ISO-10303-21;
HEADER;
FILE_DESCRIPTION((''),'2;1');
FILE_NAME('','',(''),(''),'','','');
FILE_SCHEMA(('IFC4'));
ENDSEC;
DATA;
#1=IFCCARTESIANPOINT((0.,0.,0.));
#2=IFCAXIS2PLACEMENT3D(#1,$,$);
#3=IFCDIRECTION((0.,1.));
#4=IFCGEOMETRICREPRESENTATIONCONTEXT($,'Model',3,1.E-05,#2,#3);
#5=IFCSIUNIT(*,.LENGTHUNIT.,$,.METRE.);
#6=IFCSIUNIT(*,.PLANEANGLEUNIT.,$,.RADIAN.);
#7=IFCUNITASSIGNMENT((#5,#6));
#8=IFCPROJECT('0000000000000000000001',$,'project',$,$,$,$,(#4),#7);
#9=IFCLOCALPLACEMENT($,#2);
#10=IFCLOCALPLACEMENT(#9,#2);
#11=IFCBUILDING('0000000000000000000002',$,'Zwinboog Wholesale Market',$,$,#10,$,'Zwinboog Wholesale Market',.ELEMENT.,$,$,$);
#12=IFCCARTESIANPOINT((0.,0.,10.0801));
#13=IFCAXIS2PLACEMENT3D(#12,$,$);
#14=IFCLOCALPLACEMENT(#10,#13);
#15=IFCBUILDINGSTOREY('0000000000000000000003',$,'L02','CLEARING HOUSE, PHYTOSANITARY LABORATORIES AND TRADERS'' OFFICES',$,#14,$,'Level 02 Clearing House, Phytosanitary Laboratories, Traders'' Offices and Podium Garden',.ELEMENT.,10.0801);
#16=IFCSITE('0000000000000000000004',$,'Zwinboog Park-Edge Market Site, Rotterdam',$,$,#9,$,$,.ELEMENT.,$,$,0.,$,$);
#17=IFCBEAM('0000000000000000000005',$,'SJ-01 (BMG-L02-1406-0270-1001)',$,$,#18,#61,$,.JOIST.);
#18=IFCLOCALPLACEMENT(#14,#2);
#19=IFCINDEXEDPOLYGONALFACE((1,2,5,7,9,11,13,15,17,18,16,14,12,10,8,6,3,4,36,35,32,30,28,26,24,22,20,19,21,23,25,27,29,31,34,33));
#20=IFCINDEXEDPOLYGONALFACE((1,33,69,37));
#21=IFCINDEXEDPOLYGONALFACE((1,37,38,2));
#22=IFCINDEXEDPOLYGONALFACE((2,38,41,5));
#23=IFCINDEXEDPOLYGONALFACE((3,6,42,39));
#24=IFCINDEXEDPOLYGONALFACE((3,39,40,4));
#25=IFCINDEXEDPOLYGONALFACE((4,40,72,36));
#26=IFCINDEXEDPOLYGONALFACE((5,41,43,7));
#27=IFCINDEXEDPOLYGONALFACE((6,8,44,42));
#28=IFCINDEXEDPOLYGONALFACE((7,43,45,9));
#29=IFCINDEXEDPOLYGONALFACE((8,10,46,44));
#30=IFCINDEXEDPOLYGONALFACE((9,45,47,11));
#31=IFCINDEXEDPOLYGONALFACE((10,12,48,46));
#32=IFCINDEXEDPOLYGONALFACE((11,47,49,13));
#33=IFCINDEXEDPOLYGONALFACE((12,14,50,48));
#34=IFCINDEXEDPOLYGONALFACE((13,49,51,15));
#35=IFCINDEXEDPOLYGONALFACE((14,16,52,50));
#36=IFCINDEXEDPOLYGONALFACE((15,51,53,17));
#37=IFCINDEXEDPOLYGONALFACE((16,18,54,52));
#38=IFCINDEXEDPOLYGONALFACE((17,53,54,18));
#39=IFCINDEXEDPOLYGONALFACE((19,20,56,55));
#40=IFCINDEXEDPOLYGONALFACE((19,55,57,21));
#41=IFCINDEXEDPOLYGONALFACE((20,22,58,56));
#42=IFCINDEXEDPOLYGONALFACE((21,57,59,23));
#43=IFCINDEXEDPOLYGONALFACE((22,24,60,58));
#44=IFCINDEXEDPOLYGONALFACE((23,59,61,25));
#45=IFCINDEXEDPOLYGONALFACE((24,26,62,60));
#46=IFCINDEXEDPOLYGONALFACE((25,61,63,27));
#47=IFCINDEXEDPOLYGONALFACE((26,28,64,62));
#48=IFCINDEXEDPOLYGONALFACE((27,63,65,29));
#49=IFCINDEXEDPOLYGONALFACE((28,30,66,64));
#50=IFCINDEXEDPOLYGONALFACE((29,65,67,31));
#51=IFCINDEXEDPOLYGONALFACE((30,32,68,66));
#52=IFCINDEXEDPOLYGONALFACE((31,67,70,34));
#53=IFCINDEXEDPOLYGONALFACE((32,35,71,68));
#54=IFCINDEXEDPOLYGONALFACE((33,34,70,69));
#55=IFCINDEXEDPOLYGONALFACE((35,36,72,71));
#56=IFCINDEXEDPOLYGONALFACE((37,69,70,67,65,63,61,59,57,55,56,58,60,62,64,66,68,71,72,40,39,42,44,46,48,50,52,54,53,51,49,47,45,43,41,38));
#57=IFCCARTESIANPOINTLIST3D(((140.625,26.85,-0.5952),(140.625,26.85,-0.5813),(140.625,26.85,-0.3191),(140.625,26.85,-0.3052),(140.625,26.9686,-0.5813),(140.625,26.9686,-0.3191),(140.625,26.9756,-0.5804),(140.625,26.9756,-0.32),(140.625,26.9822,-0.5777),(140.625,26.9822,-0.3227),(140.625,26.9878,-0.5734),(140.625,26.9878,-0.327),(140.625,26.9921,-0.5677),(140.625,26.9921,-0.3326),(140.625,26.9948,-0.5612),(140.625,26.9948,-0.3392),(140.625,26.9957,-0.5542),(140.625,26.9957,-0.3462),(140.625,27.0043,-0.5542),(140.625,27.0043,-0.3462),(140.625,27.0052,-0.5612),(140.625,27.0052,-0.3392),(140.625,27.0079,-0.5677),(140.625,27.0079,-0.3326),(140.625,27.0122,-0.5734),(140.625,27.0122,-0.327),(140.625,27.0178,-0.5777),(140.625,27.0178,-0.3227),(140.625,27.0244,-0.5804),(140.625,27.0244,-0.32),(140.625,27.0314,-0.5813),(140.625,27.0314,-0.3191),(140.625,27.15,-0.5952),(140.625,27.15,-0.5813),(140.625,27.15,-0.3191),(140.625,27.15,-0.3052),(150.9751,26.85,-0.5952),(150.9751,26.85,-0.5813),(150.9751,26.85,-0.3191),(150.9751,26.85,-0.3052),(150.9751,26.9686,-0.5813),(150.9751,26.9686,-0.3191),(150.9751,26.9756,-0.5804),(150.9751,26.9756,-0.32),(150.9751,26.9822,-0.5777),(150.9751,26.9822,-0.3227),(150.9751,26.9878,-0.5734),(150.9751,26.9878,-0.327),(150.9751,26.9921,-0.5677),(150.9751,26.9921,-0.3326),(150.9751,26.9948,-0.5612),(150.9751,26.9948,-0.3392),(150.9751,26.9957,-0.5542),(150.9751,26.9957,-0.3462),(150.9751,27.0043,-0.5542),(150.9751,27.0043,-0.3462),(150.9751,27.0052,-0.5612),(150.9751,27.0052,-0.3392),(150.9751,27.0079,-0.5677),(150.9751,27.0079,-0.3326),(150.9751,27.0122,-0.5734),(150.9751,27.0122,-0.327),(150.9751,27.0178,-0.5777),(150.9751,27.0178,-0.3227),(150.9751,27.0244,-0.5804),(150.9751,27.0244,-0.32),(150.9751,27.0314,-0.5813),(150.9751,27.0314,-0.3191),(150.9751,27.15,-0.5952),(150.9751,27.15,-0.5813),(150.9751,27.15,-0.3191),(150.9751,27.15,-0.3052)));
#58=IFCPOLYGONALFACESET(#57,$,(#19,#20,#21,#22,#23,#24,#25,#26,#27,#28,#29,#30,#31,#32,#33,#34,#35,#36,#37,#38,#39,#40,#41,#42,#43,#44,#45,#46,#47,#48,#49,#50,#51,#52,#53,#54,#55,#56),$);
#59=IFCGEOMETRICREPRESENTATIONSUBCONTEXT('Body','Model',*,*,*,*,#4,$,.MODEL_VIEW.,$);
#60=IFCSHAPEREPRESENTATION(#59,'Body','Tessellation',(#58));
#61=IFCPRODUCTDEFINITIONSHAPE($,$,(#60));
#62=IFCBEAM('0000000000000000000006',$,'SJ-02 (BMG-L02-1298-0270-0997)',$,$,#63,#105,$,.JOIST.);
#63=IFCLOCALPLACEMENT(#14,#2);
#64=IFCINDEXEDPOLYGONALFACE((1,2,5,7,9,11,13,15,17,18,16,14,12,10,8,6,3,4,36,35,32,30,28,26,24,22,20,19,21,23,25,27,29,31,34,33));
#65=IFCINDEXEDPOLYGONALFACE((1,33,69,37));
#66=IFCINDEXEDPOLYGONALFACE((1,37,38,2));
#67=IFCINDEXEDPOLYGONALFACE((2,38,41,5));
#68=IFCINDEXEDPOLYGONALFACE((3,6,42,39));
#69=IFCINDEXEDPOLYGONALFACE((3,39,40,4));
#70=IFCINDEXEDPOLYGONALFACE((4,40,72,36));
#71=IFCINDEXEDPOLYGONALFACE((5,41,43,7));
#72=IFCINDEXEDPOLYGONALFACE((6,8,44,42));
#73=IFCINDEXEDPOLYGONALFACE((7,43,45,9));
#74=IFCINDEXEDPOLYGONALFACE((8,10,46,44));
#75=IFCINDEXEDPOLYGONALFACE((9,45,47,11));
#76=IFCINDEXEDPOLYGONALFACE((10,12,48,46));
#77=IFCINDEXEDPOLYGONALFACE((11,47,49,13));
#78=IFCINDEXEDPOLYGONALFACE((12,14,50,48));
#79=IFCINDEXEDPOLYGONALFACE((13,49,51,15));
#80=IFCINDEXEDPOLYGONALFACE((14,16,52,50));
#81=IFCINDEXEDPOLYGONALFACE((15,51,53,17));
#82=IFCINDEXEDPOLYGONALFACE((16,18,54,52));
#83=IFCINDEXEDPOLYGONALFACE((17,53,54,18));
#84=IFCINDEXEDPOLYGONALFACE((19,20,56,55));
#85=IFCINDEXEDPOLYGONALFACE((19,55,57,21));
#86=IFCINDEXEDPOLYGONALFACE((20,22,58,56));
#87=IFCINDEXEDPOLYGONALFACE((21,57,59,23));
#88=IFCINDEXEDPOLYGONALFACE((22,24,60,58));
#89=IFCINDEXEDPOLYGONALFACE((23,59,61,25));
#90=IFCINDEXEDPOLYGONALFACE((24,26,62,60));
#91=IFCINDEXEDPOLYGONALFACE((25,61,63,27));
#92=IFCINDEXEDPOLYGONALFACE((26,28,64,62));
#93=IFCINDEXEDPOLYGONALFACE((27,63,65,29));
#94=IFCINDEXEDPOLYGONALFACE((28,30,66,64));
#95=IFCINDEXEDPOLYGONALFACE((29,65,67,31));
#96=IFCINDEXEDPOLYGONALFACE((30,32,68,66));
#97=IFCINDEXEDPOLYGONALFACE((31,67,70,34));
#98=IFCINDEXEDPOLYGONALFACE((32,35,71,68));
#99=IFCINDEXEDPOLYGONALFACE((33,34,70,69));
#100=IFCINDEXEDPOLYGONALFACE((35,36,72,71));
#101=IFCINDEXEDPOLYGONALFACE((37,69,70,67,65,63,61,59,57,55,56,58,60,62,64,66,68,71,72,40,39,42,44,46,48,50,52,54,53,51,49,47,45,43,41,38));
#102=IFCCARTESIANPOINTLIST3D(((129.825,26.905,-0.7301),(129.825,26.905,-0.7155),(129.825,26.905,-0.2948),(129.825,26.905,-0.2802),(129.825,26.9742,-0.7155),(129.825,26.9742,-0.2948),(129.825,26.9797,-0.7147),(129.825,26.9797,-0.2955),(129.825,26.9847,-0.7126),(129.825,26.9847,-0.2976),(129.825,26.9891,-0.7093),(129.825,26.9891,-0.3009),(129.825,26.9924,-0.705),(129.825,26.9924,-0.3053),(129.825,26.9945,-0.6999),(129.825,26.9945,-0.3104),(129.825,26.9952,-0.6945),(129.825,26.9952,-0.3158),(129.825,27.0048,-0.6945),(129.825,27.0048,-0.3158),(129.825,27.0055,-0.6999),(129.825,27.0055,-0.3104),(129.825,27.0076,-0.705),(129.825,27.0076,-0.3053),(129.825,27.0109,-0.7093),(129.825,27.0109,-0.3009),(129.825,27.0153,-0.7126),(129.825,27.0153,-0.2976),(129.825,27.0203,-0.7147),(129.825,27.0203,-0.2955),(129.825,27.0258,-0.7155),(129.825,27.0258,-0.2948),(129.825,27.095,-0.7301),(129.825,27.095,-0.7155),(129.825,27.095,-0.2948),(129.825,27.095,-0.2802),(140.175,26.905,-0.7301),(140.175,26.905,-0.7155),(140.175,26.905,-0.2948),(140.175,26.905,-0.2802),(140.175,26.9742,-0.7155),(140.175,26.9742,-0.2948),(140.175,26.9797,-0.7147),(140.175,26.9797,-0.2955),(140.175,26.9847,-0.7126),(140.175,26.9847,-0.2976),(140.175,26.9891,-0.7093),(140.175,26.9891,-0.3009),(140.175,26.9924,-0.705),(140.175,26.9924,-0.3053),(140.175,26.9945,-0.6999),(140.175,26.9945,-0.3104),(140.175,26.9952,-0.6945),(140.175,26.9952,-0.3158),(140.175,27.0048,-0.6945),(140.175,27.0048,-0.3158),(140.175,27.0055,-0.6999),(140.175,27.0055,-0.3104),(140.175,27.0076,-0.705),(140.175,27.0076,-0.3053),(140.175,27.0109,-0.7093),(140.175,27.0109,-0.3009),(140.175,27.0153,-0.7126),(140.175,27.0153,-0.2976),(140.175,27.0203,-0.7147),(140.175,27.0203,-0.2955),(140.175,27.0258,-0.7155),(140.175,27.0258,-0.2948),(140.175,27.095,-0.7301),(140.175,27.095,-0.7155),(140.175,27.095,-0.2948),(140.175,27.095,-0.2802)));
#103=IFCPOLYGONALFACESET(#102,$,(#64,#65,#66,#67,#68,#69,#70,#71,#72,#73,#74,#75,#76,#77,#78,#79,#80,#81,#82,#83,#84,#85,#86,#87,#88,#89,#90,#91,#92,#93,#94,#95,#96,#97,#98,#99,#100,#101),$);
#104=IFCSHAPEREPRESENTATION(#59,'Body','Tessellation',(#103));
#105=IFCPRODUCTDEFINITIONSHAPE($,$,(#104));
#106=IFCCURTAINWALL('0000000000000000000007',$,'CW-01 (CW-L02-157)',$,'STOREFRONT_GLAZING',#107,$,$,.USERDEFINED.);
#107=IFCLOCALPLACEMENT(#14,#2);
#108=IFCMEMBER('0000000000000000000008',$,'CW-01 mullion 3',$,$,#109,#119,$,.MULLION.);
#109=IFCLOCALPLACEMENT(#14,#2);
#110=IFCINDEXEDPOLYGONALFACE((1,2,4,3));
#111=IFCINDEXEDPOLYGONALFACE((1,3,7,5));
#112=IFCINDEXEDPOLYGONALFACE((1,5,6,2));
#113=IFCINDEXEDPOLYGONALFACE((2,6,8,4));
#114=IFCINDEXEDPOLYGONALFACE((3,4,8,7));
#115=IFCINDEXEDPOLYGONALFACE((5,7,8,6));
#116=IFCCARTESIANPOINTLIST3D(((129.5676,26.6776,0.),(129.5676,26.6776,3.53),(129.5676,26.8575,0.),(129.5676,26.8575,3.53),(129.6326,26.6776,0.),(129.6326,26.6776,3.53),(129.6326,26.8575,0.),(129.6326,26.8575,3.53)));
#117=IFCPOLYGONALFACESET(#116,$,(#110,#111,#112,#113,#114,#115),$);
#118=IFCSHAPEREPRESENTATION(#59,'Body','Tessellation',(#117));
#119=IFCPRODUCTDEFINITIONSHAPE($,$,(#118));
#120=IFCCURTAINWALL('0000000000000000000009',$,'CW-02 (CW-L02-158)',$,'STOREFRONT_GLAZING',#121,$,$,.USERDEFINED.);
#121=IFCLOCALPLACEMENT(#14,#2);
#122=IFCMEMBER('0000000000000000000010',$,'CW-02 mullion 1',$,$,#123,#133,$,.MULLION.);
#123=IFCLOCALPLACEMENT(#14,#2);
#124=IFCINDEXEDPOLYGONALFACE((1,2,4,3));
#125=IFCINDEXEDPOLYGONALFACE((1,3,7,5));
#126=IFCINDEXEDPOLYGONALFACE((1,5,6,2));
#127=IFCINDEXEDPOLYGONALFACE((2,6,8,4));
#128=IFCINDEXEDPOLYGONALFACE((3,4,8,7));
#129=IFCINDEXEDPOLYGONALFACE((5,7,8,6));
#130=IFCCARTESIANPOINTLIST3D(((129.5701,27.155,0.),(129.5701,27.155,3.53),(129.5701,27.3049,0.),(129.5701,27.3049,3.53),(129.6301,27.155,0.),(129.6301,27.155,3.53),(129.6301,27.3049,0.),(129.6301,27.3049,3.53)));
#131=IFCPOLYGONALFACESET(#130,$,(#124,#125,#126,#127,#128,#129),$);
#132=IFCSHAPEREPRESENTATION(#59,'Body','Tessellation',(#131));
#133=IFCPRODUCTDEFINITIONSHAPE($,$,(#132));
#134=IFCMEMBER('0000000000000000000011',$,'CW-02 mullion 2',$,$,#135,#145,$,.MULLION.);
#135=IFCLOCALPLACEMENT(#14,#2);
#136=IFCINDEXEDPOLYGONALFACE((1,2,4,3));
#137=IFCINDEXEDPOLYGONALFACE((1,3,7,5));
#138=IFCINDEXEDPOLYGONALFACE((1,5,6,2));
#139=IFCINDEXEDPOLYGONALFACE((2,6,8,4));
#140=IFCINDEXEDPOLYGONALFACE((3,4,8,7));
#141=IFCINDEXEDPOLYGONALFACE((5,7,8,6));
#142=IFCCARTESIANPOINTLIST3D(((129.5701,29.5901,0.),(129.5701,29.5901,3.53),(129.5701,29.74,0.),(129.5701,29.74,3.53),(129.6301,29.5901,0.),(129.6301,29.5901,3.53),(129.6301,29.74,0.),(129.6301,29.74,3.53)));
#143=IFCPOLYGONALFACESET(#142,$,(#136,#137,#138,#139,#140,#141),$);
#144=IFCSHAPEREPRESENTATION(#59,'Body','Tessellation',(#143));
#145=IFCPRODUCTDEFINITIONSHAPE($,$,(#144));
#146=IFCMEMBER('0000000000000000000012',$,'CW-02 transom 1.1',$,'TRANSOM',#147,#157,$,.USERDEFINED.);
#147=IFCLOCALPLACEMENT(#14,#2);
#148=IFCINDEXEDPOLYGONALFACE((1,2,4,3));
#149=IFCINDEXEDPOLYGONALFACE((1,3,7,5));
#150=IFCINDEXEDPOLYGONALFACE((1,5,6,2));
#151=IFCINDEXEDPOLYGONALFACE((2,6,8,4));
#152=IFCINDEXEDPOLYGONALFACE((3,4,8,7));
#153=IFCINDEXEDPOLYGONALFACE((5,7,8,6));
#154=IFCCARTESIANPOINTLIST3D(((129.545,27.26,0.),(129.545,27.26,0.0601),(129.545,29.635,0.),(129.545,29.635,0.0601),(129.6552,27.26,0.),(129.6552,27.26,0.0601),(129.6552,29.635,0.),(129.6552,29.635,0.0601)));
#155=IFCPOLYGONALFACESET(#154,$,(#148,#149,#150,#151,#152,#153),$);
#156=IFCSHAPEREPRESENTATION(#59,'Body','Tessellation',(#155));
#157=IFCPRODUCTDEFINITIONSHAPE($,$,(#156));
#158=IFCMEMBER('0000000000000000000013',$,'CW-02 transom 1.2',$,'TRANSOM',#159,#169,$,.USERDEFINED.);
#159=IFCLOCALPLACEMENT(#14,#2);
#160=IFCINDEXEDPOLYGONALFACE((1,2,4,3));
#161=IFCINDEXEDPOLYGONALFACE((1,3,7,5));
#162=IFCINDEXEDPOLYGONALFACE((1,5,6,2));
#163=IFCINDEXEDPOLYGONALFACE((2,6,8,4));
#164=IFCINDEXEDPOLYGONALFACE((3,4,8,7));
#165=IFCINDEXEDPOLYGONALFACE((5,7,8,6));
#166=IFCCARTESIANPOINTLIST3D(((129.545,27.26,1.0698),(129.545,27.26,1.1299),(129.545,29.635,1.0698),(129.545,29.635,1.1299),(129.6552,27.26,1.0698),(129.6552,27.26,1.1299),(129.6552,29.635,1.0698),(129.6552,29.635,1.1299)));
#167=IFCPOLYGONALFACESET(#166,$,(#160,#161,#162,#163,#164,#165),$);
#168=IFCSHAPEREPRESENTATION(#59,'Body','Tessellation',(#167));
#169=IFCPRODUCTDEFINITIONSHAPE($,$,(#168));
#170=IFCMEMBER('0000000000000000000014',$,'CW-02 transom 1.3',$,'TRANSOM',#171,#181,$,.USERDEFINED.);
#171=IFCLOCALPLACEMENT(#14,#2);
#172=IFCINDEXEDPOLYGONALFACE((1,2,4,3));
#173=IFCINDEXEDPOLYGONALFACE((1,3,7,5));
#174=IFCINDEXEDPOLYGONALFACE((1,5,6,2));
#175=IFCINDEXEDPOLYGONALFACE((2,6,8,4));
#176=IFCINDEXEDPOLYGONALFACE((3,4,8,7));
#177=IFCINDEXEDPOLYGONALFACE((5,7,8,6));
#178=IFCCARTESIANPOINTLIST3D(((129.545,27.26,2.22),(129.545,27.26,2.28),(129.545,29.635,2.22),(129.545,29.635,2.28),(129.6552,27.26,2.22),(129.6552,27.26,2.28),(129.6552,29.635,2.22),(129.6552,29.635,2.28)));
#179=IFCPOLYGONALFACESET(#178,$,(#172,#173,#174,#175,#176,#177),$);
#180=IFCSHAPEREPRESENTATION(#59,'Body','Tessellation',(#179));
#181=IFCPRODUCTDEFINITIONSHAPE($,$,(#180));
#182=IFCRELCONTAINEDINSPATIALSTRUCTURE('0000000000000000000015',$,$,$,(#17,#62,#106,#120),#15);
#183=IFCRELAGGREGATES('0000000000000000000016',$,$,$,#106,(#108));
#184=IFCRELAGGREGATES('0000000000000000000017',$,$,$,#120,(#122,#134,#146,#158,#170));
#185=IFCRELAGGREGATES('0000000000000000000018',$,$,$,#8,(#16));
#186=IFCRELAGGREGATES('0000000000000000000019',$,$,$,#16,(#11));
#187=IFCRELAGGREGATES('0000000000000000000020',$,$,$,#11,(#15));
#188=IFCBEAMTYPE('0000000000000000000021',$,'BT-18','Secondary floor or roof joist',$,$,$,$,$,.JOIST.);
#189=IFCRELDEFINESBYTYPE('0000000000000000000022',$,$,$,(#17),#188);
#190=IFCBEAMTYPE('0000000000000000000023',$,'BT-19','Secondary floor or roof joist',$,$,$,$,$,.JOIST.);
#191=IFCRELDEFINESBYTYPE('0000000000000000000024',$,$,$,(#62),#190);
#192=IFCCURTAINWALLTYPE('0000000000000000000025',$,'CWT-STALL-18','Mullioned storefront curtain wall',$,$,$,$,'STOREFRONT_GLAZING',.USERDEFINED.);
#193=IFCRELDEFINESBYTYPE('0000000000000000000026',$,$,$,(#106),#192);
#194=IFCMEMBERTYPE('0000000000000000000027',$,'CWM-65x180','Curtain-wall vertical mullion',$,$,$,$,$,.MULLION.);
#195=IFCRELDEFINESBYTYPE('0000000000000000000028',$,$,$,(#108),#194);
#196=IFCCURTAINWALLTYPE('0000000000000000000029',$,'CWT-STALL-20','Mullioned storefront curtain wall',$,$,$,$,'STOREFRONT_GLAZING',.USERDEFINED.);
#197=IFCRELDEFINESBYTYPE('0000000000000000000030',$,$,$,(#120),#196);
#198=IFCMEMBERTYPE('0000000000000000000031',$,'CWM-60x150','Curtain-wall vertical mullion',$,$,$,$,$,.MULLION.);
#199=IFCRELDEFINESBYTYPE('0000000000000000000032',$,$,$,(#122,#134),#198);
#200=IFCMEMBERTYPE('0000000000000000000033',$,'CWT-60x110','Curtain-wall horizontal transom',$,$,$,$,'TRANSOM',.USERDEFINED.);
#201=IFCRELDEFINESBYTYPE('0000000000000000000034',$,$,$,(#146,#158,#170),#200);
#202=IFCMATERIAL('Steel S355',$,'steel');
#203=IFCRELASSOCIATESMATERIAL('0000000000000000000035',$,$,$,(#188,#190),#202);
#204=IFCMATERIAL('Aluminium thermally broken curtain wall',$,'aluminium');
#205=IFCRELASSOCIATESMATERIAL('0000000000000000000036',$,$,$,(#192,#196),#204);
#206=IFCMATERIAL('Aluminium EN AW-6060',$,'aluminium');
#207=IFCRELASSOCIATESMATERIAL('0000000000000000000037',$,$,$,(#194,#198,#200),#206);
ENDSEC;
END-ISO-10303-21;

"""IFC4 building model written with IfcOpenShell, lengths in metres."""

from ifc_helpers import new_model, si_unit, direction, frame, origin, origin_2d, place, context, subcontext, project, spatial, rectangle, i_section, extrude, material, material_profile, profile_set, type_object, element, aggregate, save


model = new_model("IFC4")

# Units and contexts
model_context = context("Model", 3, precision=1e-05, world=origin(), true_north=direction((0.0, 1.0)))
body_context = subcontext(model_context, "Body", "Model", "MODEL_VIEW")
ifc_project = project(units=[si_unit("LENGTHUNIT", "METRE"), si_unit("PLANEANGLEUNIT", "RADIAN")], contexts=[model_context])

# Site, building, storey
site_placement = place(None, origin())
site = spatial("IfcSite", under=ifc_project, at=site_placement, Name="Zwinboog Park-Edge Market Site, Rotterdam", CompositionType="ELEMENT", RefElevation=0.0)
building_placement = place(site_placement, origin())
building = spatial("IfcBuilding", under=site, at=building_placement, Name="Zwinboog Wholesale Market", LongName="Zwinboog Wholesale Market", CompositionType="ELEMENT")
storey_placement = place(building_placement, frame((0.0, 0.0, 10.0801)))
storey = spatial("IfcBuildingStorey", under=building, at=storey_placement, Name="L02", Description="CLEARING HOUSE, PHYTOSANITARY LABORATORIES AND TRADERS' OFFICES", LongName="Level 02 Clearing House, Phytosanitary Laboratories, Traders' Offices and Podium Garden", CompositionType="ELEMENT", Elevation=10.0801)

# Beams
ifc_material_1 = material(Name="Steel S355", Category="steel")
ifc_material_profile_1 = material_profile(ifc_material_1, i_section(OverallWidth=0.3, OverallDepth=0.29, WebThickness=0.0085, FlangeThickness=0.0139, FilletRadius=0.0271, at=origin_2d()), Name="HEA 300")
ifc_profile_set_1 = profile_set([ifc_material_profile_1], Name="Steel S355")
beam_type_1 = type_object("IfcBeamType", Name="BT-18", Description="Secondary floor or roof joist", PredefinedType="JOIST", material=ifc_profile_set_1)
beam_1_placement = place(storey_placement, frame((140.625, 27.0, -0.4502), z_axis=(1.0, 0.0, 0.0), x_axis=(0.0, 1.0, 0.0)))
element("IfcBeam", 1, at=beam_1_placement, inside=storey, type_object=beam_type_1, Name="SJ-01 (BMG-L02-1406-0270-1001)", PredefinedType="JOIST", context=body_context, shape_type="SweptSolid", body=[
    extrude(i_section(OverallWidth=0.3, OverallDepth=0.29, WebThickness=0.0085, FlangeThickness=0.0139, FilletRadius=0.0271, at=origin_2d()), origin(), (0.0, 0.0, 1.0), 10.3501),
])
ifc_material_profile_2 = material_profile(ifc_material_1, i_section(OverallWidth=0.1899, OverallDepth=0.45, WebThickness=0.0095, FlangeThickness=0.0146, FilletRadius=0.021, at=origin_2d()), Name="IPE 450")
ifc_profile_set_2 = profile_set([ifc_material_profile_2], Name="Steel S355")
beam_type_2 = type_object("IfcBeamType", Name="BT-19", Description="Secondary floor or roof joist", PredefinedType="JOIST", material=ifc_profile_set_2)
beam_2_placement = place(storey_placement, frame((129.825, 27.0, -0.5051), z_axis=(1.0, 0.0, 0.0), x_axis=(0.0, 1.0, 0.0)))
element("IfcBeam", 2, at=beam_2_placement, inside=storey, type_object=beam_type_2, Name="SJ-02 (BMG-L02-1298-0270-0997)", PredefinedType="JOIST", context=body_context, shape_type="SweptSolid", body=[
    extrude(i_section(OverallWidth=0.1899, OverallDepth=0.45, WebThickness=0.0095, FlangeThickness=0.0146, FilletRadius=0.021, at=origin_2d()), origin(), (0.0, 0.0, 1.0), 10.3501),
])

# Curtain wall, member
ifc_material_2 = material(Name="Aluminium thermally broken curtain wall", Category="aluminium")
curtain_wall_type_1 = type_object("IfcCurtainWallType", Name="CWT-STALL-18", Description="Mullioned storefront curtain wall", ElementType="STOREFRONT_GLAZING", PredefinedType="USERDEFINED", material=ifc_material_2)
curtain_wall_1_placement = place(storey_placement, origin())
curtain_wall_1 = element("IfcCurtainWall", 3, at=curtain_wall_1_placement, inside=storey, type_object=curtain_wall_type_1, Name="CW-01 (CW-L02-157)", ObjectType="STOREFRONT_GLAZING", PredefinedType="USERDEFINED")
ifc_material_3 = material(Name="Aluminium EN AW-6060", Category="aluminium")
ifc_material_profile_3 = material_profile(ifc_material_3, rectangle(XDim=0.0649, YDim=0.1799, at=origin_2d()), Name="AL 65x180")
ifc_profile_set_3 = profile_set([ifc_material_profile_3], Name="Aluminium EN AW-6060")
member_type_1 = type_object("IfcMemberType", Name="CWM-65x180", Description="Curtain-wall vertical mullion", PredefinedType="MULLION", material=ifc_profile_set_3)
member_1_placement = place(storey_placement, frame((129.6001, 26.7676, 0.0), z_axis=(0.0, 0.0, 1.0), x_axis=(-1.0, 0.0, 0.0)))
member_1 = element("IfcMember", 4, at=member_1_placement, type_object=member_type_1, Name="CW-01 mullion 3", PredefinedType="MULLION", context=body_context, shape_type="SweptSolid", body=[
    extrude(rectangle(XDim=0.0649, YDim=0.1799, at=origin_2d()), origin(), (0.0, 0.0, 1.0), 3.53),
])

# Curtain wall, members
curtain_wall_type_2 = type_object("IfcCurtainWallType", Name="CWT-STALL-20", Description="Mullioned storefront curtain wall", ElementType="STOREFRONT_GLAZING", PredefinedType="USERDEFINED", material=ifc_material_2)
curtain_wall_2_placement = place(storey_placement, origin())
curtain_wall_2 = element("IfcCurtainWall", 5, at=curtain_wall_2_placement, inside=storey, type_object=curtain_wall_type_2, Name="CW-02 (CW-L02-158)", ObjectType="STOREFRONT_GLAZING", PredefinedType="USERDEFINED")
ifc_material_profile_4 = material_profile(ifc_material_3, rectangle(XDim=0.0601, YDim=0.1499, at=origin_2d()), Name="AL 60x150")
ifc_profile_set_4 = profile_set([ifc_material_profile_4], Name="Aluminium EN AW-6060")
member_type_2 = type_object("IfcMemberType", Name="CWM-60x150", Description="Curtain-wall vertical mullion", PredefinedType="MULLION", material=ifc_profile_set_4)
member_2_placement = place(storey_placement, frame((129.6001, 27.23, 0.0), z_axis=(0.0, 0.0, 1.0), x_axis=(-1.0, 0.0, 0.0)))
member_2 = element("IfcMember", 6, at=member_2_placement, type_object=member_type_2, Name="CW-02 mullion 1", PredefinedType="MULLION", context=body_context, shape_type="SweptSolid", body=[
    extrude(rectangle(XDim=0.0601, YDim=0.1499, at=origin_2d()), origin(), (0.0, 0.0, 1.0), 3.53),
])
member_3_placement = place(storey_placement, frame((129.6001, 29.665, 0.0), z_axis=(0.0, 0.0, 1.0), x_axis=(-1.0, 0.0, 0.0)))
member_3 = element("IfcMember", 7, at=member_3_placement, type_object=member_type_2, Name="CW-02 mullion 2", PredefinedType="MULLION", context=body_context, shape_type="SweptSolid", body=[
    extrude(rectangle(XDim=0.0601, YDim=0.1499, at=origin_2d()), origin(), (0.0, 0.0, 1.0), 3.53),
])
ifc_material_profile_5 = material_profile(ifc_material_3, rectangle(XDim=0.1101, YDim=0.0601, at=origin_2d()), Name="AL 60x110")
ifc_profile_set_5 = profile_set([ifc_material_profile_5], Name="Aluminium EN AW-6060")
member_type_3 = type_object("IfcMemberType", Name="CWT-60x110", Description="Curtain-wall horizontal transom", ElementType="TRANSOM", PredefinedType="USERDEFINED", material=ifc_profile_set_5)
member_4_placement = place(storey_placement, frame((129.6001, 27.26, 0.03), z_axis=(0.0, 1.0, 0.0), x_axis=(-1.0, 0.0, 0.0)))
member_4 = element("IfcMember", 8, at=member_4_placement, type_object=member_type_3, Name="CW-02 transom 1.1", ObjectType="TRANSOM", PredefinedType="USERDEFINED", context=body_context, shape_type="SweptSolid", body=[
    extrude(rectangle(XDim=0.1101, YDim=0.0601, at=origin_2d()), origin(), (0.0, 0.0, 1.0), 2.375),
])
member_5_placement = place(storey_placement, frame((129.6001, 27.26, 1.0999), z_axis=(0.0, 1.0, 0.0), x_axis=(-1.0, 0.0, 0.0)))
member_5 = element("IfcMember", 9, at=member_5_placement, type_object=member_type_3, Name="CW-02 transom 1.2", ObjectType="TRANSOM", PredefinedType="USERDEFINED", context=body_context, shape_type="SweptSolid", body=[
    extrude(rectangle(XDim=0.1101, YDim=0.0601, at=origin_2d()), origin(), (0.0, 0.0, 1.0), 2.375),
])
member_6_placement = place(storey_placement, frame((129.6001, 27.26, 2.25), z_axis=(0.0, 1.0, 0.0), x_axis=(-1.0, 0.0, 0.0)))
member_6 = element("IfcMember", 10, at=member_6_placement, type_object=member_type_3, Name="CW-02 transom 1.3", ObjectType="TRANSOM", PredefinedType="USERDEFINED", context=body_context, shape_type="SweptSolid", body=[
    extrude(rectangle(XDim=0.1101, YDim=0.0601, at=origin_2d()), origin(), (0.0, 0.0, 1.0), 2.375),
])

aggregate(curtain_wall_1, [member_1])
aggregate(curtain_wall_2, [member_2, member_3, member_4, member_5, member_6])

save(model, "model.ifc")
